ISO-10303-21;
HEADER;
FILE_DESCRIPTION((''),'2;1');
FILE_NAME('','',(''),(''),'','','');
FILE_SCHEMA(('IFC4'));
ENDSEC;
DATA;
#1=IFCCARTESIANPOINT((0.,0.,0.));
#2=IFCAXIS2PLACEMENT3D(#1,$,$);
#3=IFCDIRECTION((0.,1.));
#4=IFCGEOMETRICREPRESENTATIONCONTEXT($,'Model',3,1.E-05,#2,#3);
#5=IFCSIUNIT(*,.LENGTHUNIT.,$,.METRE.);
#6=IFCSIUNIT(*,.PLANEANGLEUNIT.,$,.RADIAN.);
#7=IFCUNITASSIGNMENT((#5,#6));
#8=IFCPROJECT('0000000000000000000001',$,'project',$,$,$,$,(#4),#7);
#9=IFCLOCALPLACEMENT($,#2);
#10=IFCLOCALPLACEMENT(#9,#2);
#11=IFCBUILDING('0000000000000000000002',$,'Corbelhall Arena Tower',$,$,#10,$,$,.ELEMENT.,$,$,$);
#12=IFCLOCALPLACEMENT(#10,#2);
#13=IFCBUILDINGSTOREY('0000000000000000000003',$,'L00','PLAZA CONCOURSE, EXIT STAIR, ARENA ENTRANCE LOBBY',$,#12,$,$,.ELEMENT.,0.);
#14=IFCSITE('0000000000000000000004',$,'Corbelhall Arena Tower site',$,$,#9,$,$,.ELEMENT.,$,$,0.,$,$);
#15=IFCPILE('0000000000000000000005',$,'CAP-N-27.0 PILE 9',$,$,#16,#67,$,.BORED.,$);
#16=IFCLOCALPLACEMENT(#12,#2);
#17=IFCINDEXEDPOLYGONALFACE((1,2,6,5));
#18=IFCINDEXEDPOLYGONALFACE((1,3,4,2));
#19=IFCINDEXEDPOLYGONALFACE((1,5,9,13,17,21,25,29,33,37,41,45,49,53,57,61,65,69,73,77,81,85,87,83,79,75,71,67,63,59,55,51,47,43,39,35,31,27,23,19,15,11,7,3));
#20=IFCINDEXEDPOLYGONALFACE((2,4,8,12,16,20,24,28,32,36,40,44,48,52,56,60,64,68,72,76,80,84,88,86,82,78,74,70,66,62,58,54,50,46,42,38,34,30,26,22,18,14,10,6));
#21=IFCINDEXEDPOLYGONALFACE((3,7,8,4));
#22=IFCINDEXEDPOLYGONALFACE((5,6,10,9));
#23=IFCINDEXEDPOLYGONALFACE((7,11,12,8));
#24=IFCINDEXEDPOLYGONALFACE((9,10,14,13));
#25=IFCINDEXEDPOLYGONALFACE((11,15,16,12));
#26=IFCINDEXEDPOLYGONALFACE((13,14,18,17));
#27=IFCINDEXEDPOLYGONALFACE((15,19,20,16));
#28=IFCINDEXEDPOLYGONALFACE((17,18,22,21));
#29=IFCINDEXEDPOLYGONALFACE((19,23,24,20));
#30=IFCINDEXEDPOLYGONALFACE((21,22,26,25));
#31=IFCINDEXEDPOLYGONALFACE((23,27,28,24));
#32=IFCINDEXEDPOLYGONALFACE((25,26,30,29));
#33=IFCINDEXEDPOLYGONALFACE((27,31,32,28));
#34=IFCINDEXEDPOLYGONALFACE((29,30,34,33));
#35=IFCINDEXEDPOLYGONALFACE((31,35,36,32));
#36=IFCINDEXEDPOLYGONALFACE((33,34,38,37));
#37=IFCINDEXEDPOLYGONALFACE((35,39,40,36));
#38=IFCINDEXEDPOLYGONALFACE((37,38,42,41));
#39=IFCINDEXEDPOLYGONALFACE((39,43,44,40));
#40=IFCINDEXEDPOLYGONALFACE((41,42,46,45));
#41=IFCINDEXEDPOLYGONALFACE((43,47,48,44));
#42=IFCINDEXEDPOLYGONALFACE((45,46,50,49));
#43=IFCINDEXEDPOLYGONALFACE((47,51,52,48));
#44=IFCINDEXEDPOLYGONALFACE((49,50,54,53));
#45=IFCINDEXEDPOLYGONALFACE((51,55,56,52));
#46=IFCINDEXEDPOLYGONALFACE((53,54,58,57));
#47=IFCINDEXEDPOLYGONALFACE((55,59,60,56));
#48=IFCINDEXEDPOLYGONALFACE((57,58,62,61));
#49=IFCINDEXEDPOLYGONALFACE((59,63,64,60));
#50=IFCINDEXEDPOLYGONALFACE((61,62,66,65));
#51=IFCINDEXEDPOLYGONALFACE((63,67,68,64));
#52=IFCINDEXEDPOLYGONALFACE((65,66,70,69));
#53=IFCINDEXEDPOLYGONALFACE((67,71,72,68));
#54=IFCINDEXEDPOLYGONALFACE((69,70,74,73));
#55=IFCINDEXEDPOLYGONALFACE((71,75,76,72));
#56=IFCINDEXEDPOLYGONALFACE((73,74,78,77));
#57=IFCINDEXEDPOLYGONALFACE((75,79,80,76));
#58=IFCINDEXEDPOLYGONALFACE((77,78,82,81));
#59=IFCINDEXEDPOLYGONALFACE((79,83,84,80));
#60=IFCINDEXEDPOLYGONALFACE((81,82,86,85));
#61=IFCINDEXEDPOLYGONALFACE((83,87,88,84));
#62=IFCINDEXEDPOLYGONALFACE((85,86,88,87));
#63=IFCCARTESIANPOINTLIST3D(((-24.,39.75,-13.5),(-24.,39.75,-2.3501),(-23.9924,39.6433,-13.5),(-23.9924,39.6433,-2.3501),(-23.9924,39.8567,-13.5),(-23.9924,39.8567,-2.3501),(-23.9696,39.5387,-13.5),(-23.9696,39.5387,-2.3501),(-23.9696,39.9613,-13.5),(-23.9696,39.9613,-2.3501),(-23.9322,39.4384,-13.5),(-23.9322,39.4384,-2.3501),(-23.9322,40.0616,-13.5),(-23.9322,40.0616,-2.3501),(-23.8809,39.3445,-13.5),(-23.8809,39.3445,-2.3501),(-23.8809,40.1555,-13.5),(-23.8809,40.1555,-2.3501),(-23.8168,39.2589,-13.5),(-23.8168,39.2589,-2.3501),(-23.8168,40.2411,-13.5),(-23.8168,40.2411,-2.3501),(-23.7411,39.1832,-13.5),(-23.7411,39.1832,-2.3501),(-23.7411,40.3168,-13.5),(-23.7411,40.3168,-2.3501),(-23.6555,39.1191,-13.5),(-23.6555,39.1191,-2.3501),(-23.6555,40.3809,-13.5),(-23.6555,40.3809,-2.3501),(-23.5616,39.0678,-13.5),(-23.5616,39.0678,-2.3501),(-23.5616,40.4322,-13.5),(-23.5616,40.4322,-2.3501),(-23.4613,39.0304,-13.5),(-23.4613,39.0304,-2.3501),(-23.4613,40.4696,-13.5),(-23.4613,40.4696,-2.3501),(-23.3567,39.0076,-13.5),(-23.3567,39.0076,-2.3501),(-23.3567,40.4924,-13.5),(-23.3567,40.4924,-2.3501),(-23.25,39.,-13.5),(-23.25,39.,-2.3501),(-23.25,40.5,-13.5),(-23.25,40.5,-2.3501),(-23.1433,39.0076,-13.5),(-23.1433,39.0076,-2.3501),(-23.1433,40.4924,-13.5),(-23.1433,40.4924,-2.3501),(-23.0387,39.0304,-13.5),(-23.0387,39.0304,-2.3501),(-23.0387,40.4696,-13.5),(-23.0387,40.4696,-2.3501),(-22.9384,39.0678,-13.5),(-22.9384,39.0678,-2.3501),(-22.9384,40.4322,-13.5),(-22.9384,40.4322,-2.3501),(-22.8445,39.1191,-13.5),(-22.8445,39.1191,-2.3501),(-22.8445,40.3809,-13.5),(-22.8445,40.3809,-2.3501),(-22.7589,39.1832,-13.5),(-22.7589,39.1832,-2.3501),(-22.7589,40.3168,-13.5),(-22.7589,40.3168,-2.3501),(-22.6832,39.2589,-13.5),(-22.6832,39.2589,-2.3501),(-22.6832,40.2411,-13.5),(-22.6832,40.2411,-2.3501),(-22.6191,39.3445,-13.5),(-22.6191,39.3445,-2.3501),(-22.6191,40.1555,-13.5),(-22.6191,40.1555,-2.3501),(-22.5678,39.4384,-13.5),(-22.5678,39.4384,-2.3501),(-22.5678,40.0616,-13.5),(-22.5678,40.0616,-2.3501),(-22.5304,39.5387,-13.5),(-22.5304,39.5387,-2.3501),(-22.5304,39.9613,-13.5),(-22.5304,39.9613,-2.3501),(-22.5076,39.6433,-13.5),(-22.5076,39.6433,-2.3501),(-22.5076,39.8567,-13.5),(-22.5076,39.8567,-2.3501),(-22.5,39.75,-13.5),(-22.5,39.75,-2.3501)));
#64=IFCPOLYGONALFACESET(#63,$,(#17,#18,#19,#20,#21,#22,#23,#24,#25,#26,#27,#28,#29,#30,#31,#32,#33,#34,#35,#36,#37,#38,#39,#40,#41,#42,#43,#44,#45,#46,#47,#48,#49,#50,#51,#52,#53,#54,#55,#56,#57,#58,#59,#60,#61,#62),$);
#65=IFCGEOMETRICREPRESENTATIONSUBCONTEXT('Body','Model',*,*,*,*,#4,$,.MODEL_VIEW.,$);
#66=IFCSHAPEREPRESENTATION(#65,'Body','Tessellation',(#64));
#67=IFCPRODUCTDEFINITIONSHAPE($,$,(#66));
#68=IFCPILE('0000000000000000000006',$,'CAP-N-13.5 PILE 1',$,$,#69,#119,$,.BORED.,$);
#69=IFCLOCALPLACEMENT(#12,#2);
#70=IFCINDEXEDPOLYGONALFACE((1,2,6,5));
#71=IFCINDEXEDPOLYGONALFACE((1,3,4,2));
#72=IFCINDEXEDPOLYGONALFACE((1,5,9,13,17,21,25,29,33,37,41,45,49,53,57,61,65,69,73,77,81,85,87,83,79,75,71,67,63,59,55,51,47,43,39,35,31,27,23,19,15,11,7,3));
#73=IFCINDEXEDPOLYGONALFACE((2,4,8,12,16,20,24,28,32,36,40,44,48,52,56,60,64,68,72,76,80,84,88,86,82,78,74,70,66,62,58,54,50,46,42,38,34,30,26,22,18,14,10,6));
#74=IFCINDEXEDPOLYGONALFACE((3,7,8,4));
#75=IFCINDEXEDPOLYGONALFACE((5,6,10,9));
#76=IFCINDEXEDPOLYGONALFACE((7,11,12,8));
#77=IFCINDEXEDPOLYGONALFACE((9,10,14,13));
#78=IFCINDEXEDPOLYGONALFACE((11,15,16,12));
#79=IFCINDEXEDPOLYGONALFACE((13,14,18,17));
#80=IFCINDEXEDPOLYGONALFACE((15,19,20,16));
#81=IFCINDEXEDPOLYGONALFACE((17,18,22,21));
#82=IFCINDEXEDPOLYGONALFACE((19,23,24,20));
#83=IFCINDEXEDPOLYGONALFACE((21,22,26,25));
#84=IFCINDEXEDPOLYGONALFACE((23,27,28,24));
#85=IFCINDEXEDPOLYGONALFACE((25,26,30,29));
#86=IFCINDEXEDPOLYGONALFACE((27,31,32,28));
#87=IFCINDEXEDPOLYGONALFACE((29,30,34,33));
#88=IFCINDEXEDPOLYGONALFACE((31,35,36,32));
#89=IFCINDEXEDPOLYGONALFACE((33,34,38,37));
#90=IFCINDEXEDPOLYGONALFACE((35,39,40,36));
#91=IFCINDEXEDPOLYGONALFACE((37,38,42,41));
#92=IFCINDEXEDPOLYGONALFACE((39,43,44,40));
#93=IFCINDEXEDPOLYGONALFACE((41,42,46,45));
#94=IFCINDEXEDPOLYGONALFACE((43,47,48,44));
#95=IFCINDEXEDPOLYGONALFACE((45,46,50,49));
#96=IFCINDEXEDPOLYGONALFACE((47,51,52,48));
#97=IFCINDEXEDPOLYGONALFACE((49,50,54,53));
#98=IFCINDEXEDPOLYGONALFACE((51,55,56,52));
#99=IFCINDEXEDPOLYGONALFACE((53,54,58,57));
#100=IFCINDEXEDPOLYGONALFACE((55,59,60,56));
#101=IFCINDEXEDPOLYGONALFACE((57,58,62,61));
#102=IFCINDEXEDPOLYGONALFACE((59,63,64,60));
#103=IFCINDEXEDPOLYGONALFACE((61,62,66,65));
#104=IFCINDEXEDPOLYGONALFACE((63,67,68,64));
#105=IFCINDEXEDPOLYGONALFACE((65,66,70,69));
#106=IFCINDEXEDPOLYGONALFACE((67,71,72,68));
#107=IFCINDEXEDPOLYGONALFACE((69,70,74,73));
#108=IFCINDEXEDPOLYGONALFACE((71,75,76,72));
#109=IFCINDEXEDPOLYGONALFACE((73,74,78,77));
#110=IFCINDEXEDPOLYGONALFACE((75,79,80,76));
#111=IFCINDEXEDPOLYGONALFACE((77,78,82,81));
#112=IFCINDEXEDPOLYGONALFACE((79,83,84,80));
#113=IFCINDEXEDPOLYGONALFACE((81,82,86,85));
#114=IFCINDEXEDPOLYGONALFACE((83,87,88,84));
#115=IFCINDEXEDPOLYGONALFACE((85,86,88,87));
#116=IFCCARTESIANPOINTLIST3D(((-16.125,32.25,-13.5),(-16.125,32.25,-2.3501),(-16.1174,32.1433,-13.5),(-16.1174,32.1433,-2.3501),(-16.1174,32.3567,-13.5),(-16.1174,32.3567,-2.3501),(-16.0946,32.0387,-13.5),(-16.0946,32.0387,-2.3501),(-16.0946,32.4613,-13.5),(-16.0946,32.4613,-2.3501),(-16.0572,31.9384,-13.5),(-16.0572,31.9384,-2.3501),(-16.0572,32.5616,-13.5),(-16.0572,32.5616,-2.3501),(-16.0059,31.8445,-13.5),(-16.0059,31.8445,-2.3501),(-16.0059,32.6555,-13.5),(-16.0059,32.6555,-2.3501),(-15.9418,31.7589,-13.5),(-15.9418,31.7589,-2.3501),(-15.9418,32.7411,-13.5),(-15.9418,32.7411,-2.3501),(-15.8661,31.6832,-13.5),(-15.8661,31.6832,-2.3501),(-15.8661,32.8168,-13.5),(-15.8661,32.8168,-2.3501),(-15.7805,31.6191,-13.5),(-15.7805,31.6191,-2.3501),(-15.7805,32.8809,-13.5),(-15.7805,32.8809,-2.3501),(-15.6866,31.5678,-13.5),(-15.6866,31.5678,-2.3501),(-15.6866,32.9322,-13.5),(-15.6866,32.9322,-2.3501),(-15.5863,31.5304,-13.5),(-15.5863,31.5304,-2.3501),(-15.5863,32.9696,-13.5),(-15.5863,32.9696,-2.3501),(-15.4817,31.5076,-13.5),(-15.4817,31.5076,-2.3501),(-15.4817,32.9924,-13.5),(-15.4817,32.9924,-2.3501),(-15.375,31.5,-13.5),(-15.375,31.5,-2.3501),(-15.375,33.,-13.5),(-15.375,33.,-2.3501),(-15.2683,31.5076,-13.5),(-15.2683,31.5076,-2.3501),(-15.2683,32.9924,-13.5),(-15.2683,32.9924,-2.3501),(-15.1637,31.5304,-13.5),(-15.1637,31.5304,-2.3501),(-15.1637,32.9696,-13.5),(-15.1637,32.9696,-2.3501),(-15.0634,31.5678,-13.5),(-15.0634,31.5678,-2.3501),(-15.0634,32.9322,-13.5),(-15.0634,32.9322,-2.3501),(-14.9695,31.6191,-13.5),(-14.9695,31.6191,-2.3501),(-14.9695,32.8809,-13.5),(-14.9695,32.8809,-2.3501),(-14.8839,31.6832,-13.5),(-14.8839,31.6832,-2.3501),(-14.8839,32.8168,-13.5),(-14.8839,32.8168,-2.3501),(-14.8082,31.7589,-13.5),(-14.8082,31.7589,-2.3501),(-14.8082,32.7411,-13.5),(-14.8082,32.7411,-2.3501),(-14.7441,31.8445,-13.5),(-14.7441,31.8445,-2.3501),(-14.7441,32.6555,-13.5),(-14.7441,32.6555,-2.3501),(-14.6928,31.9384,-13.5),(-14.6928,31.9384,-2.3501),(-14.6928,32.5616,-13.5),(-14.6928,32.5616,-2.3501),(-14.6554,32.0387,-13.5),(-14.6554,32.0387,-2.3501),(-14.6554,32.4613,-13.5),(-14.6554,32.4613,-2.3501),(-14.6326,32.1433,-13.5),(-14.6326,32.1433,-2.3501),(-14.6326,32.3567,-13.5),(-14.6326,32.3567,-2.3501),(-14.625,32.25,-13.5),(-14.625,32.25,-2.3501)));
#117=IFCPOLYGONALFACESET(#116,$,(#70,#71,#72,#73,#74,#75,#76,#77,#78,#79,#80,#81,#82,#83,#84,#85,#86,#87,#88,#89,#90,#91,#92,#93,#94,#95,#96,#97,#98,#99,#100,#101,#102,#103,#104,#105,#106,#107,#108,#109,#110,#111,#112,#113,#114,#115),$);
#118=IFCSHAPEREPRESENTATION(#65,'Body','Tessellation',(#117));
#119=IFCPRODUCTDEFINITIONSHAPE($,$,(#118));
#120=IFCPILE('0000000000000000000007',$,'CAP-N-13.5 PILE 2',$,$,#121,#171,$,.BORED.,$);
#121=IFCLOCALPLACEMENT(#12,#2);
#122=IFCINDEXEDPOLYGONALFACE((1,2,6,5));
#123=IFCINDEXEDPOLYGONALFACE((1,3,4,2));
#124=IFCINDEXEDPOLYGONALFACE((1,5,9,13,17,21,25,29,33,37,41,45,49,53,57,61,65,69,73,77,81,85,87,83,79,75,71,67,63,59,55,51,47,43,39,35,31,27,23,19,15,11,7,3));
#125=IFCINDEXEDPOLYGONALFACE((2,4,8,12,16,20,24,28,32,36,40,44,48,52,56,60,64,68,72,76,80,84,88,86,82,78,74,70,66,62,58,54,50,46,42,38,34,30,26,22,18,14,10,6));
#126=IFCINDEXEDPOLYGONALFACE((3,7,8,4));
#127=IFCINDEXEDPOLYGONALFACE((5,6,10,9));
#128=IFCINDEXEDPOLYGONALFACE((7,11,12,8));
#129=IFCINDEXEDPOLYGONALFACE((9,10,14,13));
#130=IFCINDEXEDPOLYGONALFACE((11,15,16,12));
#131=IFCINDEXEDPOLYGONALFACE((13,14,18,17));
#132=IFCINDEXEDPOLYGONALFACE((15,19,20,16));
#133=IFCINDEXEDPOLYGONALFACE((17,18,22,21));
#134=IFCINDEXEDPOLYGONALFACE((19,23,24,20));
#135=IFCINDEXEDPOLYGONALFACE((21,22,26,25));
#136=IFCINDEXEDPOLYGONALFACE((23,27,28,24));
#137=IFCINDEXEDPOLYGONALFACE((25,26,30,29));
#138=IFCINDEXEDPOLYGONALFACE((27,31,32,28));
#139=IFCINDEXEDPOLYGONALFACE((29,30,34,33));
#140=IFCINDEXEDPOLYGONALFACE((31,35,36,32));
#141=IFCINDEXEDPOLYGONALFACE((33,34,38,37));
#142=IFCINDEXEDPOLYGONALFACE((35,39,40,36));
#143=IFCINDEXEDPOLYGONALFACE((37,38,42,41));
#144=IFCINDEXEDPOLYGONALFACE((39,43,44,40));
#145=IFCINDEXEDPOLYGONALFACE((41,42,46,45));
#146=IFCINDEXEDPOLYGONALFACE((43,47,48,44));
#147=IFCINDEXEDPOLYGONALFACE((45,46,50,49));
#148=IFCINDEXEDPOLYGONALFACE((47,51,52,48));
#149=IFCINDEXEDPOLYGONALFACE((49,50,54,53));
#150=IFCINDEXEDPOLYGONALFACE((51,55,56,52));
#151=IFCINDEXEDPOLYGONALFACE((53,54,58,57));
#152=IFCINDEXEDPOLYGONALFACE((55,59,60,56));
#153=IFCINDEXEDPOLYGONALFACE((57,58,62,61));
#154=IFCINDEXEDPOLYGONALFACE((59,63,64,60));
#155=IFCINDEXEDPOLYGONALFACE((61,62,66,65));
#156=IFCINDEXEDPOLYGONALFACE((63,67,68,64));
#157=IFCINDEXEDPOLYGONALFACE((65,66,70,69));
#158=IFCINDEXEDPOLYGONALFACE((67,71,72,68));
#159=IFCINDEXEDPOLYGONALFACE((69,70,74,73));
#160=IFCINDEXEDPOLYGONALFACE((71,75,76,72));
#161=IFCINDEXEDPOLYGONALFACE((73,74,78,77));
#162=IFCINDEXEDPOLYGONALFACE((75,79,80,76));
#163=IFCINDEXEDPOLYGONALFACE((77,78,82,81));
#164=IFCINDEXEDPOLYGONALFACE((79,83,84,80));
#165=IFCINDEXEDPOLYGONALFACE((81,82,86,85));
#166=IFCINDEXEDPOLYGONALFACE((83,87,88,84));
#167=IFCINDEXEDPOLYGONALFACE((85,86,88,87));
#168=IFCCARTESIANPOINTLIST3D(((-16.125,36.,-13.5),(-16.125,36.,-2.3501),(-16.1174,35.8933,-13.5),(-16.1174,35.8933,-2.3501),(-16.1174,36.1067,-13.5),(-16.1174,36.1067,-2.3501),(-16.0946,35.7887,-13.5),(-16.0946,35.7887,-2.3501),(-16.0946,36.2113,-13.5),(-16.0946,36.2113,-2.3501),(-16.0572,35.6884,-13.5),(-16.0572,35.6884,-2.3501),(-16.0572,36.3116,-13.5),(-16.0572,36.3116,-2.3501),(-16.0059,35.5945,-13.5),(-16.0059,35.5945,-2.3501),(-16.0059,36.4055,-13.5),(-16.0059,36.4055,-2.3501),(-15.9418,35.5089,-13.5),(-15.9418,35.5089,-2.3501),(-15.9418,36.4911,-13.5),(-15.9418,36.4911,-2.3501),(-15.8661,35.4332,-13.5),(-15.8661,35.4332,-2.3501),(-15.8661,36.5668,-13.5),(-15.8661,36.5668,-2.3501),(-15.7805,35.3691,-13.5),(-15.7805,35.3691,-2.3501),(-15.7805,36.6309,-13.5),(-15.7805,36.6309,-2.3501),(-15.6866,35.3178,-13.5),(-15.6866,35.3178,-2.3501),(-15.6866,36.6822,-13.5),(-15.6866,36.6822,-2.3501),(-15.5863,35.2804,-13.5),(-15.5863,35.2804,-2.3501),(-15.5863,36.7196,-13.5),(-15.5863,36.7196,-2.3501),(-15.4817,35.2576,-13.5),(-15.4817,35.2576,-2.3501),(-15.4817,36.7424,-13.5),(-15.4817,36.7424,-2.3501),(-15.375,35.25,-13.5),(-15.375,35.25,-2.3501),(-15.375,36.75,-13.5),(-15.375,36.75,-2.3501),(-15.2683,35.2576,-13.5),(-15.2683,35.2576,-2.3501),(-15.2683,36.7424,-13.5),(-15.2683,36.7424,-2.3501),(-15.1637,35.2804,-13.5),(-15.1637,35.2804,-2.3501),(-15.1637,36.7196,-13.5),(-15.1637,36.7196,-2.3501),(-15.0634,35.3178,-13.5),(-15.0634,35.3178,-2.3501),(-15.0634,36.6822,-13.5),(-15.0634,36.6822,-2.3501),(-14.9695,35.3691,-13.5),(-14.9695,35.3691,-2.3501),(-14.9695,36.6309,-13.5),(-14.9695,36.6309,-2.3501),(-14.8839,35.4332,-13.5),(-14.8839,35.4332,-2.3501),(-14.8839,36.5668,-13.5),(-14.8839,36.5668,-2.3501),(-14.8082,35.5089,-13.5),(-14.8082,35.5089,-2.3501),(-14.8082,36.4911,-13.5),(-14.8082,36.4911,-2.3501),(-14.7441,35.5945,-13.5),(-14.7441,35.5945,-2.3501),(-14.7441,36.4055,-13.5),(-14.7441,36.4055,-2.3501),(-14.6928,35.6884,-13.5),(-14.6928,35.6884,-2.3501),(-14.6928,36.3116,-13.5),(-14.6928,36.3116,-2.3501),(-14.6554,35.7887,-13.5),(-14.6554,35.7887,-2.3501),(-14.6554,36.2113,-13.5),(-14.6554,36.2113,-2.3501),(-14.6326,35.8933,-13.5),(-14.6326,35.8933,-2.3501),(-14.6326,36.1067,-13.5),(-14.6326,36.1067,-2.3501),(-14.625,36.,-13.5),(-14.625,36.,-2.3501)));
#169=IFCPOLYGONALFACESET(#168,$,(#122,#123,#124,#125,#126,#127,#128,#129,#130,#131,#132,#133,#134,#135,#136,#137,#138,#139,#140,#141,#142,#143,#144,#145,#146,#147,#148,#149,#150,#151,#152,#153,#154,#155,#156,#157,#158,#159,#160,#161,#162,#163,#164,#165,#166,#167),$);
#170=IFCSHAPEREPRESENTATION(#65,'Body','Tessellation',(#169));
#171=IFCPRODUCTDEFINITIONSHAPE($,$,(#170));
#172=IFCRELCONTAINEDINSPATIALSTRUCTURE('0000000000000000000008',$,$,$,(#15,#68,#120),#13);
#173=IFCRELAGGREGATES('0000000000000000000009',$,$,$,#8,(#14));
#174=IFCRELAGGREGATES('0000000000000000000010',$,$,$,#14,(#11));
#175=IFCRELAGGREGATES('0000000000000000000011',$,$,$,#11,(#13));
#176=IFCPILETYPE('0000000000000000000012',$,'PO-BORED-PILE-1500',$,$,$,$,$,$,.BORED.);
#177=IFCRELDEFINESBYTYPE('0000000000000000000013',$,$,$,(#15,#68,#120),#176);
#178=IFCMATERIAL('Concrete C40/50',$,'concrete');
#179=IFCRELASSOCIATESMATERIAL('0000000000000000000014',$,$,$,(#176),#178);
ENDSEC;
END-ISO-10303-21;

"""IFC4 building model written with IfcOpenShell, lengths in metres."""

from ifc_helpers import new_model, si_unit, direction, frame, origin, origin_2d, place, context, subcontext, project, spatial, circle, extrude, material, material_profile, profile_set, type_object, element, save


model = new_model("IFC4")

# Units and contexts
model_context = context("Model", 3, precision=1e-05, world=origin(), true_north=direction((0.0, 1.0)))
body_context = subcontext(model_context, "Body", "Model", "MODEL_VIEW")
ifc_project = project(units=[si_unit("LENGTHUNIT", "METRE"), si_unit("PLANEANGLEUNIT", "RADIAN")], contexts=[model_context])

# Site, building, storey
site_placement = place(None, origin())
site = spatial("IfcSite", under=ifc_project, at=site_placement, Name="Corbelhall Arena Tower site", CompositionType="ELEMENT", RefElevation=0.0)
building_placement = place(site_placement, origin())
building = spatial("IfcBuilding", under=site, at=building_placement, Name="Corbelhall Arena Tower", CompositionType="ELEMENT")
storey_placement = place(building_placement, origin())
storey = spatial("IfcBuildingStorey", under=building, at=storey_placement, Name="L00", Description="PLAZA CONCOURSE, EXIT STAIR, ARENA ENTRANCE LOBBY", CompositionType="ELEMENT", Elevation=0.0)

# Piles
ifc_material_1 = material(Name="Concrete C40/50", Category="concrete")
ifc_material_profile_1 = material_profile(ifc_material_1, circle(Radius=0.75, at=origin_2d()))
ifc_profile_set_1 = profile_set([ifc_material_profile_1], Name="Concrete C40/50")
pile_type = type_object("IfcPileType", Name="PO-BORED-PILE-1500", PredefinedType="BORED", material=ifc_profile_set_1)
for number, where, z_axis, x_axis, name in (
    (1, (-23.25, 39.75, -2.3501), (0.0, 0.0, -1.0), (1.0, 0.0, 0.0), "CAP-N-27.0 PILE 9"),
    (2, (-15.375, 32.25, -2.3501), (0.0, 0.0, -1.0), (1.0, 0.0, 0.0), "CAP-N-13.5 PILE 1"),
    (3, (-15.375, 36.0, -2.3501), (0.0, 0.0, -1.0), (1.0, 0.0, 0.0), "CAP-N-13.5 PILE 2"),
):
    element("IfcPile", number, at=place(storey_placement, frame(where, z_axis=z_axis, x_axis=x_axis)), inside=storey, type_object=pile_type, Name=name, PredefinedType="BORED", context=body_context, shape_type="SweptSolid", body=[
        extrude(circle(Radius=0.75, at=origin_2d()), origin(), (0.0, 0.0, 1.0), 11.1499),
    ])

save(model, "model.ifc")
